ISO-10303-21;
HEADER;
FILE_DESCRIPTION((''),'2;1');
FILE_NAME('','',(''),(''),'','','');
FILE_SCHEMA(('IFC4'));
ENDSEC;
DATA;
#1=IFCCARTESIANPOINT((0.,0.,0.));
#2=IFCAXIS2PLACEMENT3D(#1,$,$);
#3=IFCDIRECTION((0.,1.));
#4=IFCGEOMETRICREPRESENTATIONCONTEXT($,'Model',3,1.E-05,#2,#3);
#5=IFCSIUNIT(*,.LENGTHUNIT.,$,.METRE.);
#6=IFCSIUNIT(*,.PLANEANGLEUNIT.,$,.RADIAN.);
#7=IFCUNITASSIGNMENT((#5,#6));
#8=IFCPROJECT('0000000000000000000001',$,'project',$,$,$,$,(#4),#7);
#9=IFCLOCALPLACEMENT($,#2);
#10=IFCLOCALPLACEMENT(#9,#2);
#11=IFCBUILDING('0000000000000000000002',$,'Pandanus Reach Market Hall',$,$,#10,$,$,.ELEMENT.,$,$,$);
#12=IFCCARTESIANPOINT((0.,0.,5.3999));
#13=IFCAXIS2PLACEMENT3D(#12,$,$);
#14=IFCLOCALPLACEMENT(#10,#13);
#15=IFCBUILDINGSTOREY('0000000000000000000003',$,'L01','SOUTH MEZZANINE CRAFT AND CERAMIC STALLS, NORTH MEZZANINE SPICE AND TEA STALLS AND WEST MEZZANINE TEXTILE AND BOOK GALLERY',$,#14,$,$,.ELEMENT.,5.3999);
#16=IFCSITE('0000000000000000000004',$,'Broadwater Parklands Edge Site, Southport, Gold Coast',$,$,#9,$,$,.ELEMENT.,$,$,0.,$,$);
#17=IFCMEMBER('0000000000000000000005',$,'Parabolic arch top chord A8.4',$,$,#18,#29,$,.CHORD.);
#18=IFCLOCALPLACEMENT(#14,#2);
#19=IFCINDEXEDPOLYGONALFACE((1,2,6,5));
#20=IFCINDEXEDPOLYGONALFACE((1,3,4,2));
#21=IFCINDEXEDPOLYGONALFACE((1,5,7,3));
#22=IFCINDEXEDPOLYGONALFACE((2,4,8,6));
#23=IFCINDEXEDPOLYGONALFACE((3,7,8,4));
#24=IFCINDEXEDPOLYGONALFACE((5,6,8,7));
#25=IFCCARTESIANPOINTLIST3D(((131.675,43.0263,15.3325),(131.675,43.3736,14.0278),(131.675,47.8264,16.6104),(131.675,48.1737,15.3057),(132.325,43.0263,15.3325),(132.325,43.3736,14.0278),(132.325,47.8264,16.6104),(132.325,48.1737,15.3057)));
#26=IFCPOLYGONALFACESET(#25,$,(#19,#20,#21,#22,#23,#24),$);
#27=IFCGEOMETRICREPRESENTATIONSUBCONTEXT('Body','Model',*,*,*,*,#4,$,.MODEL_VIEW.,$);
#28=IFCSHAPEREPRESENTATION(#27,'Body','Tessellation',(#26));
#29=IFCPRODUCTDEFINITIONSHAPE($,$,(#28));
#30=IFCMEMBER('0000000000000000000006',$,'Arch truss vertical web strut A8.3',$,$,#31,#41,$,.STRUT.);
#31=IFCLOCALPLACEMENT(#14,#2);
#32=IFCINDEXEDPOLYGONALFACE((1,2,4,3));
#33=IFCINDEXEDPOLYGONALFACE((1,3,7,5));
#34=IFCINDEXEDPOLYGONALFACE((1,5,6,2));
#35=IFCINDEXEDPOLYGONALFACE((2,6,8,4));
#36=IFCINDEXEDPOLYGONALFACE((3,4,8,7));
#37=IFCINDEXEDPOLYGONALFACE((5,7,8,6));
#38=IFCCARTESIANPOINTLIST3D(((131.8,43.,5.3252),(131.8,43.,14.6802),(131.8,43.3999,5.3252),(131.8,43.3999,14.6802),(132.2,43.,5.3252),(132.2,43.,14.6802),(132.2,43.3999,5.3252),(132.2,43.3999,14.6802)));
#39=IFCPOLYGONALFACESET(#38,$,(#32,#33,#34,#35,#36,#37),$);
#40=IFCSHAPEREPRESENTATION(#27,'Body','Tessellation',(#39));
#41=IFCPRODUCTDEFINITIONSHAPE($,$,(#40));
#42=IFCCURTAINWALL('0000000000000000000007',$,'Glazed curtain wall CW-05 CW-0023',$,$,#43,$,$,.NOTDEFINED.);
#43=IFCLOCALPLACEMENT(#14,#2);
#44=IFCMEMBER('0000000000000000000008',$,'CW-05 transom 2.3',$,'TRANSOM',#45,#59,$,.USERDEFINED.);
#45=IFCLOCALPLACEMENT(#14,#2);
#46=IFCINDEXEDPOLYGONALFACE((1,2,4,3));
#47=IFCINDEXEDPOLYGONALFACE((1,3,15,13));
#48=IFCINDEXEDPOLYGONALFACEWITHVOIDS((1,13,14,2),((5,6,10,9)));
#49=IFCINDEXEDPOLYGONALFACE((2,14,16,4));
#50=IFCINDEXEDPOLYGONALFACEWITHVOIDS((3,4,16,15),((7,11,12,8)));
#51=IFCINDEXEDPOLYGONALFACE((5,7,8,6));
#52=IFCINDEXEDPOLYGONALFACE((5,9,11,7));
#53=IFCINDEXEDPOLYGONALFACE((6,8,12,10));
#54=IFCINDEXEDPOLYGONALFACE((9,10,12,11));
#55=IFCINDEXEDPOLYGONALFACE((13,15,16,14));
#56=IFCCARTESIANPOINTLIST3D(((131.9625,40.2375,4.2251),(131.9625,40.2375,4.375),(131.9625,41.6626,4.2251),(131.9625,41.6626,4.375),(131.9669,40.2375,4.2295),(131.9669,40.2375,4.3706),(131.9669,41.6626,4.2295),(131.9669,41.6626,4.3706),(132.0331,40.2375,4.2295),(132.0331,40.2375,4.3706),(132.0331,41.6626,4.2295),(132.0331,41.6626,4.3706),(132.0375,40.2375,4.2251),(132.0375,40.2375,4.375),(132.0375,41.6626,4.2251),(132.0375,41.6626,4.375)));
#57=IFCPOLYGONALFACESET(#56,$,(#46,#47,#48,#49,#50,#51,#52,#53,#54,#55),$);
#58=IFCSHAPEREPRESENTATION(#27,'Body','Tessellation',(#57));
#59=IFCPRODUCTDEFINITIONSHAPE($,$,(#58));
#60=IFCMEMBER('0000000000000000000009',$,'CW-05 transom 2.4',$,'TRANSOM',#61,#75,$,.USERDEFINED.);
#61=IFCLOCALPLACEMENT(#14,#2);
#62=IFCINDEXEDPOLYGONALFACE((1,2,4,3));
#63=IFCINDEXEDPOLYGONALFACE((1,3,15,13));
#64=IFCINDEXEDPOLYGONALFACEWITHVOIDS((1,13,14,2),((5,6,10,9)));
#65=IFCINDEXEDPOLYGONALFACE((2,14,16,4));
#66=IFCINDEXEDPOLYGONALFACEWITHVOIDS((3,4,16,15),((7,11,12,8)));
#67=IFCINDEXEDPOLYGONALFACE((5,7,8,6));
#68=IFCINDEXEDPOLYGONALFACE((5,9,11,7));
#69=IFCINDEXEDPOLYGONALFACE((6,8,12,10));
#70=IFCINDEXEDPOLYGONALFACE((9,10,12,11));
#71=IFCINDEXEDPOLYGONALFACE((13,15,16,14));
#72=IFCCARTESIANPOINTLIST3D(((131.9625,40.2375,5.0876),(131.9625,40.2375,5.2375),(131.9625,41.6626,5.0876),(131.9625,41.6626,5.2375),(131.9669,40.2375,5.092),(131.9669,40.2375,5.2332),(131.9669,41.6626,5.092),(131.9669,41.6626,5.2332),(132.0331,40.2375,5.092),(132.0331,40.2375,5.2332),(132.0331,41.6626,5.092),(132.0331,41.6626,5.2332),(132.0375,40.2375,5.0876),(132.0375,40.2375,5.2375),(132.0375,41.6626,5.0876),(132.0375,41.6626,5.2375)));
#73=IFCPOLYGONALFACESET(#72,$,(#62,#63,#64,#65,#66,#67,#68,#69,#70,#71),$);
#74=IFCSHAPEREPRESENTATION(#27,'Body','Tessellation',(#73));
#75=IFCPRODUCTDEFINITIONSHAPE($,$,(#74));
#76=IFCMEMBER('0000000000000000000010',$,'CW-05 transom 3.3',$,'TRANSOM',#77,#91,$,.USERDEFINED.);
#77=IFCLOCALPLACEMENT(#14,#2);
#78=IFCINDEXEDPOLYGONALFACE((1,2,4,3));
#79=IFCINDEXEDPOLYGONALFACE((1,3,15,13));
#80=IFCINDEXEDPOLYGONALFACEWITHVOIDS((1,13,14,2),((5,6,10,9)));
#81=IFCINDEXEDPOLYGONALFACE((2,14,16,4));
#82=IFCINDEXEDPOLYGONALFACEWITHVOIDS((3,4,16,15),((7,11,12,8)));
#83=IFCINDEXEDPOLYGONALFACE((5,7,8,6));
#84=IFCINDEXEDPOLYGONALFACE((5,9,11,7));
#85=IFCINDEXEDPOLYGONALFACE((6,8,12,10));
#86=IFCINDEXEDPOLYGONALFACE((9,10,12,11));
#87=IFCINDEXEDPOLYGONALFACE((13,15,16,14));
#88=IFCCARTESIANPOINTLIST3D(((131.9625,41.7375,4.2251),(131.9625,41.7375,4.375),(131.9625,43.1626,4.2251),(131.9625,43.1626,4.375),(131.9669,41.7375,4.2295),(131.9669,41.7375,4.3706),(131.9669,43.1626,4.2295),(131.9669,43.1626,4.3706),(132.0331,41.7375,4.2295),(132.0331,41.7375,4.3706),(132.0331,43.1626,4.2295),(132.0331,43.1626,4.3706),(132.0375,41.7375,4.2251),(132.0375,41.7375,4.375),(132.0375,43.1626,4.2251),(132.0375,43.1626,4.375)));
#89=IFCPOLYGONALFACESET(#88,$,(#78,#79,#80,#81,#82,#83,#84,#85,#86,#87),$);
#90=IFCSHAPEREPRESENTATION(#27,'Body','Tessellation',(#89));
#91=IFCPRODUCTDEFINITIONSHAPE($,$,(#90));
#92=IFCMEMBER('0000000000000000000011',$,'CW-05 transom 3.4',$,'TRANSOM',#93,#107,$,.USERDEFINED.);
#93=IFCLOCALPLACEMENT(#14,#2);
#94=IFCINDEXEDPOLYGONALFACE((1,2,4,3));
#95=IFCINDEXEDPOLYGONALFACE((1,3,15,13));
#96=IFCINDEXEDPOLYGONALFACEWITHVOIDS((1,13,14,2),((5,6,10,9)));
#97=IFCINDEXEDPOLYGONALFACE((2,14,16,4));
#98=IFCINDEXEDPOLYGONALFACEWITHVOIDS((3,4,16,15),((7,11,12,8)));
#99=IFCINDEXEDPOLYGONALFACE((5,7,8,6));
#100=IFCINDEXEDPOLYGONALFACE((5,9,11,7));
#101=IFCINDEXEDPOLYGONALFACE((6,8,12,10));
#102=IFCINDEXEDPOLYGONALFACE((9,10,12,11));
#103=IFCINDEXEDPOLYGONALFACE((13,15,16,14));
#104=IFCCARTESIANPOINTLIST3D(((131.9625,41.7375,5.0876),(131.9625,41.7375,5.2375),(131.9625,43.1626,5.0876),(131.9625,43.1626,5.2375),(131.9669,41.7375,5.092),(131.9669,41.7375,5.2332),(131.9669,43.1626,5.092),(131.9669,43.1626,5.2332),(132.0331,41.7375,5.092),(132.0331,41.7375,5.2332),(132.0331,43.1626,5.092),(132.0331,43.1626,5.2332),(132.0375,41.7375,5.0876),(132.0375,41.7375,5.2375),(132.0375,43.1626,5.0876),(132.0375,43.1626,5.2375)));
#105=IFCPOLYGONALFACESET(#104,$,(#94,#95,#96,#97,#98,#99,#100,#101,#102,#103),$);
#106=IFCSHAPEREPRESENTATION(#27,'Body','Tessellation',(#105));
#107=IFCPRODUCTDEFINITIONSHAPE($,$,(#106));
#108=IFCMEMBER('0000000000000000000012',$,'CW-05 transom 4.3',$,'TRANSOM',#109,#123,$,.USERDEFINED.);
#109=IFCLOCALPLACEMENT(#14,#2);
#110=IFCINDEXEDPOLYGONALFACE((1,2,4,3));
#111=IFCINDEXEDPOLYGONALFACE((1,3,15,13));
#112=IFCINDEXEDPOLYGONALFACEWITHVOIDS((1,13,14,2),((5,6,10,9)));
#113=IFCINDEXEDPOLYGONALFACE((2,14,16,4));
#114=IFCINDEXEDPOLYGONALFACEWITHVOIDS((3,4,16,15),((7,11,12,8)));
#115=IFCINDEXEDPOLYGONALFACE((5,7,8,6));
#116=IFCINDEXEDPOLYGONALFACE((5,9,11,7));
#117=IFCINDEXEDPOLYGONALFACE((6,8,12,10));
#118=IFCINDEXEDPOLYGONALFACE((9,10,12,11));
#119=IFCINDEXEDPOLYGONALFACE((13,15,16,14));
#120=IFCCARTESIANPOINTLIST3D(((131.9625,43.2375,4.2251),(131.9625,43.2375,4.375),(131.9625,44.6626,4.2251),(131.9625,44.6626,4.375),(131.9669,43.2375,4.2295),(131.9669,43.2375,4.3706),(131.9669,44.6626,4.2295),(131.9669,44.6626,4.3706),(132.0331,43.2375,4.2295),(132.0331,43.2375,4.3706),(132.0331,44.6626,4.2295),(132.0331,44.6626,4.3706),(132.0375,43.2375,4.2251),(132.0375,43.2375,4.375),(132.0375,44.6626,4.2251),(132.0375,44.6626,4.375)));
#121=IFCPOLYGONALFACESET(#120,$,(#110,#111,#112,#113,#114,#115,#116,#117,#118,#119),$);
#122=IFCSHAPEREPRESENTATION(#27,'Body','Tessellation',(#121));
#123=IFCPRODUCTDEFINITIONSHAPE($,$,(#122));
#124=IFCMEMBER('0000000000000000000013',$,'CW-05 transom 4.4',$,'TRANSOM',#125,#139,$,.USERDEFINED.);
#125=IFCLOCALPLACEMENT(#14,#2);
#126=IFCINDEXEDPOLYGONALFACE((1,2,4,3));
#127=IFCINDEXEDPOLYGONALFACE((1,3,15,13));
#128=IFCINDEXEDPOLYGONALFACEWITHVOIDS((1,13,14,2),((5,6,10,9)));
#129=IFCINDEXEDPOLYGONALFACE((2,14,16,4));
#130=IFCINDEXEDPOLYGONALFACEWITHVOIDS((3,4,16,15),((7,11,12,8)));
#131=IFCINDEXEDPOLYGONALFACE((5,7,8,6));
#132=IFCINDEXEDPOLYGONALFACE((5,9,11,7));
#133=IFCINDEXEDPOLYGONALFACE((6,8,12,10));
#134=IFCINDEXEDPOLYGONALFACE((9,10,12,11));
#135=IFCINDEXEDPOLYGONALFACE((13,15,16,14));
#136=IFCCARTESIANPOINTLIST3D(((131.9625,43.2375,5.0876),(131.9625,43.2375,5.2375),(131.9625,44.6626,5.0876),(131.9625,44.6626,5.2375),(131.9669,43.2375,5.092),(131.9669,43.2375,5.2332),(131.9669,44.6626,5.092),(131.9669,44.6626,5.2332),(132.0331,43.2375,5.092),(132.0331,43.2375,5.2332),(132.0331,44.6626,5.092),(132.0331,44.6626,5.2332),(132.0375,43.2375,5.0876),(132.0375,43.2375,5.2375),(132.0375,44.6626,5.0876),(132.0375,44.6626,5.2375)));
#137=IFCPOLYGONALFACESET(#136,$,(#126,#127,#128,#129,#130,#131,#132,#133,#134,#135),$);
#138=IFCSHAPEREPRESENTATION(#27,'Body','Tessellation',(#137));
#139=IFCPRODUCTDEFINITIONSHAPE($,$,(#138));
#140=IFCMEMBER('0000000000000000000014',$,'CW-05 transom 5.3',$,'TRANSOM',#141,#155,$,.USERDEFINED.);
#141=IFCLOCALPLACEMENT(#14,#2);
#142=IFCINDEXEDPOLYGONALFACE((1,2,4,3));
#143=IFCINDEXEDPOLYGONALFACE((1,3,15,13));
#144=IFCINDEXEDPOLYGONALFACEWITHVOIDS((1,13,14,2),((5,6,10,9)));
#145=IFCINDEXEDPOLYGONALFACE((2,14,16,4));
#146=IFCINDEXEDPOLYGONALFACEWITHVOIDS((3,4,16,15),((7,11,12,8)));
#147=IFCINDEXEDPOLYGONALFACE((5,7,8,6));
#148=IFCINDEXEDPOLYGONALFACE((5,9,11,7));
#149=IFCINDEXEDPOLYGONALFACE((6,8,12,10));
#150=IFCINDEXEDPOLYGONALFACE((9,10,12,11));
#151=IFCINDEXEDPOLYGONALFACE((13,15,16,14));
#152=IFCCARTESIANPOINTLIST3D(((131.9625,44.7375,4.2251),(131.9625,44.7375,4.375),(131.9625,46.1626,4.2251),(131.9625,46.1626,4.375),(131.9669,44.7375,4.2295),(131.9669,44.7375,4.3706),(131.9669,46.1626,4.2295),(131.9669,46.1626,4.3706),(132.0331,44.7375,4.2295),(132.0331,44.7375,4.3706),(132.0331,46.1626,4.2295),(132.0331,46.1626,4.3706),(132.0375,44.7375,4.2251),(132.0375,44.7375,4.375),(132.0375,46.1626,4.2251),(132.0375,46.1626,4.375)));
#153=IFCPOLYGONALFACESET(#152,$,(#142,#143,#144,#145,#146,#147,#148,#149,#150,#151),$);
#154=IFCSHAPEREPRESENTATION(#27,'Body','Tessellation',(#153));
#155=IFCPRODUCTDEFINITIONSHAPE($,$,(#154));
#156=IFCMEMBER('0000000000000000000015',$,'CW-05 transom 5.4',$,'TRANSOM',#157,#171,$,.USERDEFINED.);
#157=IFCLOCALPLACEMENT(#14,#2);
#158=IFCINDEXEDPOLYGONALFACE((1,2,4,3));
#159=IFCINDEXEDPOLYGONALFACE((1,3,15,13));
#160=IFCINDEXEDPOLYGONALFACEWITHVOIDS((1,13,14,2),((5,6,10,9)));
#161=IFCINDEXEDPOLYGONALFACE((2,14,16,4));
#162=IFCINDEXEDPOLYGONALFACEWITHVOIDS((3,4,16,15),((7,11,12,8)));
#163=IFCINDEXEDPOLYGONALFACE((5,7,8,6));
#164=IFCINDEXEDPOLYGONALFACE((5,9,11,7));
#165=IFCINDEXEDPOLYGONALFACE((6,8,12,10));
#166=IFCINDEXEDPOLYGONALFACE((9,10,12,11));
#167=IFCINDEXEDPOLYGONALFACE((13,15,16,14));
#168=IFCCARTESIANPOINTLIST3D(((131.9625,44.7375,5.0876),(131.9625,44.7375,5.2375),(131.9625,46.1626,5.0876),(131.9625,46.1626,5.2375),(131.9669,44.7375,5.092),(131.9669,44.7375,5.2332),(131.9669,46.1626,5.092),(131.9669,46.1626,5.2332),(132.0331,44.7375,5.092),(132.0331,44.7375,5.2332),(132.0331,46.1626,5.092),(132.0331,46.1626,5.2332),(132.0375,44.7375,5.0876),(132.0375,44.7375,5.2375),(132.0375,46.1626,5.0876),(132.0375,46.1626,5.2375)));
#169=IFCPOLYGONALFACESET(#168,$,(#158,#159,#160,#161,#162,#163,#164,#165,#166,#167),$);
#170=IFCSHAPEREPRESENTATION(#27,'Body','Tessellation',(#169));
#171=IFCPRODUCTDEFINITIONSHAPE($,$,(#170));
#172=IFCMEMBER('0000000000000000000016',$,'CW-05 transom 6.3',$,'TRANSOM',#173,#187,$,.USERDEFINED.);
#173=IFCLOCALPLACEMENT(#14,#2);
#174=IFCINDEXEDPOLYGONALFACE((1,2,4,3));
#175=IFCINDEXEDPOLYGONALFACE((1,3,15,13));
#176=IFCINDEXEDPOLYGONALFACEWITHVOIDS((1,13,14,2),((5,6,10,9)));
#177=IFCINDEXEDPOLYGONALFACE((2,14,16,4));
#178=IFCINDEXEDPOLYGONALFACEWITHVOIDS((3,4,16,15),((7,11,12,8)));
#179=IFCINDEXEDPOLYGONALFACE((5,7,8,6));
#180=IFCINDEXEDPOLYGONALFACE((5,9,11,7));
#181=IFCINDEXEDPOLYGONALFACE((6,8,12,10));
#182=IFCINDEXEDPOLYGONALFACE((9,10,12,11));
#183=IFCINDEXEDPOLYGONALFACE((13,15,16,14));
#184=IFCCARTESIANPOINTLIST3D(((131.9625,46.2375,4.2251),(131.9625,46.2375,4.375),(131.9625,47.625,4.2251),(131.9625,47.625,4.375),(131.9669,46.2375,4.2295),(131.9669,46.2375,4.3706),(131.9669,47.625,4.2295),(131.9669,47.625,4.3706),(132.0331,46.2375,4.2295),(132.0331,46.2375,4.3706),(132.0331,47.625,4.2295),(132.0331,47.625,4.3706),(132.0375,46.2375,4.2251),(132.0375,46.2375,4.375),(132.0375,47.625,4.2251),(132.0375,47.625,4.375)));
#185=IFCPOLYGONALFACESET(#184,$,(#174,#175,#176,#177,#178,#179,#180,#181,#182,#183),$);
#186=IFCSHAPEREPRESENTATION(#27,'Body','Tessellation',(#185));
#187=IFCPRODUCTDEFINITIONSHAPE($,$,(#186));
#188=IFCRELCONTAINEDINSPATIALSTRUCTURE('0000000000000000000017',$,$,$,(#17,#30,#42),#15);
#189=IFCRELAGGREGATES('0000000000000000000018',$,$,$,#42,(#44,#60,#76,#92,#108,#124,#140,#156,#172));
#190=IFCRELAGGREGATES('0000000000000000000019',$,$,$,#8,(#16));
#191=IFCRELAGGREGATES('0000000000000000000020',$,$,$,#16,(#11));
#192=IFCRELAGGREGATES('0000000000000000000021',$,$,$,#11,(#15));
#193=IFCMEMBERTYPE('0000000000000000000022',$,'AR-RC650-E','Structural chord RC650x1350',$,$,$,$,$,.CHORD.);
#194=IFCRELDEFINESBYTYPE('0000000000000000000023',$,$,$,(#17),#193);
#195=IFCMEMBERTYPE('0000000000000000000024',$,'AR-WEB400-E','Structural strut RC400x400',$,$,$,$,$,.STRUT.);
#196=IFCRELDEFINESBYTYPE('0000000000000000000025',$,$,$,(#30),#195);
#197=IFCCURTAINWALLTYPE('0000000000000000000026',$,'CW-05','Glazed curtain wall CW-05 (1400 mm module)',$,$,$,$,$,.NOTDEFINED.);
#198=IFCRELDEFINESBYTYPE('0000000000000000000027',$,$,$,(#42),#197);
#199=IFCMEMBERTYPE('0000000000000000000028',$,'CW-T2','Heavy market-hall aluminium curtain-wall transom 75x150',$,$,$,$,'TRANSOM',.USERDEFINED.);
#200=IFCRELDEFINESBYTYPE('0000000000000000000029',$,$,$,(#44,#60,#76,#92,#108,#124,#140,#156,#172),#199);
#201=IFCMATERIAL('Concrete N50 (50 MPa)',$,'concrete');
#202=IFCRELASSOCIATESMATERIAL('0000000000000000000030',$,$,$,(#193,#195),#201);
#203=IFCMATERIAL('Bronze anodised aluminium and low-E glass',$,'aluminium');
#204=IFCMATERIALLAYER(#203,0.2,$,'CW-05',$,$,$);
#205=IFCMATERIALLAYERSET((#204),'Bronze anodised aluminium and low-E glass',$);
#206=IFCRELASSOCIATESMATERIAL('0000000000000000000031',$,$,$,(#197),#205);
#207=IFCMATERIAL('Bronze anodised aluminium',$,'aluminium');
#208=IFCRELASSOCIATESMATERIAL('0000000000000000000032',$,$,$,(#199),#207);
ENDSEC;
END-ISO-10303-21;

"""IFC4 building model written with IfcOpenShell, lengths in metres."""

from ifc_helpers import new_model, si_unit, direction, frame, origin, origin_2d, place, context, subcontext, project, spatial, rectangle, hollow_rectangle, extrude, material, layer, layer_set, material_profile, profile_set, type_object, element, aggregate, save


model = new_model("IFC4")

# Units and contexts
model_context = context("Model", 3, precision=1e-05, world=origin(), true_north=direction((0.0, 1.0)))
body_context = subcontext(model_context, "Body", "Model", "MODEL_VIEW")
ifc_project = project(units=[si_unit("LENGTHUNIT", "METRE"), si_unit("PLANEANGLEUNIT", "RADIAN")], contexts=[model_context])

# Site, building, storey
site_placement = place(None, origin())
site = spatial("IfcSite", under=ifc_project, at=site_placement, Name="Broadwater Parklands Edge Site, Southport, Gold Coast", CompositionType="ELEMENT", RefElevation=0.0)
building_placement = place(site_placement, origin())
building = spatial("IfcBuilding", under=site, at=building_placement, Name="Pandanus Reach Market Hall", CompositionType="ELEMENT")
storey_placement = place(building_placement, frame((0.0, 0.0, 5.3999)))
storey = spatial("IfcBuildingStorey", under=building, at=storey_placement, Name="L01", Description="SOUTH MEZZANINE CRAFT AND CERAMIC STALLS, NORTH MEZZANINE SPICE AND TEA STALLS AND WEST MEZZANINE TEXTILE AND BOOK GALLERY", CompositionType="ELEMENT", Elevation=5.3999)

# Members
ifc_material_1 = material(Name="Concrete N50 (50 MPa)", Category="concrete")
ifc_material_profile_1 = material_profile(ifc_material_1, rectangle(XDim=0.6499, YDim=1.3501, at=origin_2d()), Name="RC650x1350", Category="LoadBearing")
ifc_profile_set_1 = profile_set([ifc_material_profile_1], Name="Concrete N50 (50 MPa)")
member_type_1 = type_object("IfcMemberType", Name="AR-RC650-E", Description="Structural chord RC650x1350", PredefinedType="CHORD", material=ifc_profile_set_1)
member_1_placement = place(storey_placement, frame((132.0, 43.2, 14.6802), z_axis=(0.0, 0.966344, 0.257253), x_axis=(-1.0, 0.0, 0.0)))
element("IfcMember", 1, at=member_1_placement, inside=storey, type_object=member_type_1, Name="Parabolic arch top chord A8.4", PredefinedType="CHORD", context=body_context, shape_type="SweptSolid", body=[
    extrude(rectangle(XDim=0.6499, YDim=1.3501, at=origin_2d()), origin(), (0.0, 0.0, 1.0), 4.9673),
])
ifc_material_profile_2 = material_profile(ifc_material_1, rectangle(XDim=0.3999, YDim=0.3999, at=origin_2d()), Name="RC400x400", Category="LoadBearing")
ifc_profile_set_2 = profile_set([ifc_material_profile_2], Name="Concrete N50 (50 MPa)")
member_type_2 = type_object("IfcMemberType", Name="AR-WEB400-E", Description="Structural strut RC400x400", PredefinedType="STRUT", material=ifc_profile_set_2)
member_2_placement = place(storey_placement, frame((132.0, 43.2, 5.3252), z_axis=(0.0, 0.0, 1.0), x_axis=(1.0, 0.0, 0.0)))
element("IfcMember", 2, at=member_2_placement, inside=storey, type_object=member_type_2, Name="Arch truss vertical web strut A8.3", PredefinedType="STRUT", context=body_context, shape_type="SweptSolid", body=[
    extrude(rectangle(XDim=0.3999, YDim=0.3999, at=origin_2d()), origin(), (0.0, 0.0, 1.0), 9.355),
])

# Curtain wall, members
ifc_material_2 = material(Name="Bronze anodised aluminium and low-E glass", Category="aluminium")
ifc_layer_1 = layer(ifc_material_2, 0.2, Name="CW-05")
ifc_layer_set_1 = layer_set([ifc_layer_1], Name="Bronze anodised aluminium and low-E glass")
curtain_wall_type = type_object("IfcCurtainWallType", Name="CW-05", Description="Glazed curtain wall CW-05 (1400 mm module)", PredefinedType="NOTDEFINED", material=ifc_layer_set_1)
curtain_wall_placement = place(storey_placement, origin())
curtain_wall = element("IfcCurtainWall", 3, at=curtain_wall_placement, inside=storey, type_object=curtain_wall_type, Name="Glazed curtain wall CW-05 CW-0023", PredefinedType="NOTDEFINED")
ifc_material_3 = material(Name="Bronze anodised aluminium", Category="aluminium")
ifc_material_profile_3 = material_profile(ifc_material_3, hollow_rectangle(XDim=0.075, YDim=0.1499, WallThickness=0.0044, at=origin_2d()), Name="ALU75x150", Category="LoadBearing")
ifc_profile_set_3 = profile_set([ifc_material_profile_3], Name="Bronze anodised aluminium")
member_type_3 = type_object("IfcMemberType", Name="CW-T2", Description="Heavy market-hall aluminium curtain-wall transom 75x150", ElementType="TRANSOM", PredefinedType="USERDEFINED", material=ifc_profile_set_3)
member_3_placement = place(storey_placement, frame((132.0, 40.2375, 4.3), z_axis=(0.0, 1.0, 0.0), x_axis=(-1.0, 0.0, 0.0)))
member_3 = element("IfcMember", 4, at=member_3_placement, type_object=member_type_3, Name="CW-05 transom 2.3", ObjectType="TRANSOM", PredefinedType="USERDEFINED", context=body_context, shape_type="SweptSolid", body=[
    extrude(hollow_rectangle(XDim=0.075, YDim=0.1499, WallThickness=0.0044, at=origin_2d()), origin(), (0.0, 0.0, 1.0), 1.425),
])
member_4_placement = place(storey_placement, frame((132.0, 40.2375, 5.1626), z_axis=(0.0, 1.0, 0.0), x_axis=(-1.0, 0.0, 0.0)))
member_4 = element("IfcMember", 5, at=member_4_placement, type_object=member_type_3, Name="CW-05 transom 2.4", ObjectType="TRANSOM", PredefinedType="USERDEFINED", context=body_context, shape_type="SweptSolid", body=[
    extrude(hollow_rectangle(XDim=0.075, YDim=0.1499, WallThickness=0.0044, at=origin_2d()), origin(), (0.0, 0.0, 1.0), 1.425),
])
member_5_placement = place(storey_placement, frame((132.0, 41.7375, 4.3), z_axis=(0.0, 1.0, 0.0), x_axis=(-1.0, 0.0, 0.0)))
member_5 = element("IfcMember", 6, at=member_5_placement, type_object=member_type_3, Name="CW-05 transom 3.3", ObjectType="TRANSOM", PredefinedType="USERDEFINED", context=body_context, shape_type="SweptSolid", body=[
    extrude(hollow_rectangle(XDim=0.075, YDim=0.1499, WallThickness=0.0044, at=origin_2d()), origin(), (0.0, 0.0, 1.0), 1.425),
])
member_6_placement = place(storey_placement, frame((132.0, 41.7375, 5.1626), z_axis=(0.0, 1.0, 0.0), x_axis=(-1.0, 0.0, 0.0)))
member_6 = element("IfcMember", 7, at=member_6_placement, type_object=member_type_3, Name="CW-05 transom 3.4", ObjectType="TRANSOM", PredefinedType="USERDEFINED", context=body_context, shape_type="SweptSolid", body=[
    extrude(hollow_rectangle(XDim=0.075, YDim=0.1499, WallThickness=0.0044, at=origin_2d()), origin(), (0.0, 0.0, 1.0), 1.425),
])
member_7_placement = place(storey_placement, frame((132.0, 43.2375, 4.3), z_axis=(0.0, 1.0, 0.0), x_axis=(-1.0, 0.0, 0.0)))
member_7 = element("IfcMember", 8, at=member_7_placement, type_object=member_type_3, Name="CW-05 transom 4.3", ObjectType="TRANSOM", PredefinedType="USERDEFINED", context=body_context, shape_type="SweptSolid", body=[
    extrude(hollow_rectangle(XDim=0.075, YDim=0.1499, WallThickness=0.0044, at=origin_2d()), origin(), (0.0, 0.0, 1.0), 1.425),
])
member_8_placement = place(storey_placement, frame((132.0, 43.2375, 5.1626), z_axis=(0.0, 1.0, 0.0), x_axis=(-1.0, 0.0, 0.0)))
member_8 = element("IfcMember", 9, at=member_8_placement, type_object=member_type_3, Name="CW-05 transom 4.4", ObjectType="TRANSOM", PredefinedType="USERDEFINED", context=body_context, shape_type="SweptSolid", body=[
    extrude(hollow_rectangle(XDim=0.075, YDim=0.1499, WallThickness=0.0044, at=origin_2d()), origin(), (0.0, 0.0, 1.0), 1.425),
])
member_9_placement = place(storey_placement, frame((132.0, 44.7375, 4.3), z_axis=(0.0, 1.0, 0.0), x_axis=(-1.0, 0.0, 0.0)))
member_9 = element("IfcMember", 10, at=member_9_placement, type_object=member_type_3, Name="CW-05 transom 5.3", ObjectType="TRANSOM", PredefinedType="USERDEFINED", context=body_context, shape_type="SweptSolid", body=[
    extrude(hollow_rectangle(XDim=0.075, YDim=0.1499, WallThickness=0.0044, at=origin_2d()), origin(), (0.0, 0.0, 1.0), 1.425),
])
member_10_placement = place(storey_placement, frame((132.0, 44.7375, 5.1626), z_axis=(0.0, 1.0, 0.0), x_axis=(-1.0, 0.0, 0.0)))
member_10 = element("IfcMember", 11, at=member_10_placement, type_object=member_type_3, Name="CW-05 transom 5.4", ObjectType="TRANSOM", PredefinedType="USERDEFINED", context=body_context, shape_type="SweptSolid", body=[
    extrude(hollow_rectangle(XDim=0.075, YDim=0.1499, WallThickness=0.0044, at=origin_2d()), origin(), (0.0, 0.0, 1.0), 1.425),
])
member_11_placement = place(storey_placement, frame((132.0, 46.2375, 4.3), z_axis=(0.0, 1.0, 0.0), x_axis=(-1.0, 0.0, 0.0)))
member_11 = element("IfcMember", 12, at=member_11_placement, type_object=member_type_3, Name="CW-05 transom 6.3", ObjectType="TRANSOM", PredefinedType="USERDEFINED", context=body_context, shape_type="SweptSolid", body=[
    extrude(hollow_rectangle(XDim=0.075, YDim=0.1499, WallThickness=0.0044, at=origin_2d()), origin(), (0.0, 0.0, 1.0), 1.3875),
])
aggregate(curtain_wall, [member_3, member_4, member_5, member_6, member_7, member_8, member_9, member_10, member_11])

save(model, "model.ifc")
